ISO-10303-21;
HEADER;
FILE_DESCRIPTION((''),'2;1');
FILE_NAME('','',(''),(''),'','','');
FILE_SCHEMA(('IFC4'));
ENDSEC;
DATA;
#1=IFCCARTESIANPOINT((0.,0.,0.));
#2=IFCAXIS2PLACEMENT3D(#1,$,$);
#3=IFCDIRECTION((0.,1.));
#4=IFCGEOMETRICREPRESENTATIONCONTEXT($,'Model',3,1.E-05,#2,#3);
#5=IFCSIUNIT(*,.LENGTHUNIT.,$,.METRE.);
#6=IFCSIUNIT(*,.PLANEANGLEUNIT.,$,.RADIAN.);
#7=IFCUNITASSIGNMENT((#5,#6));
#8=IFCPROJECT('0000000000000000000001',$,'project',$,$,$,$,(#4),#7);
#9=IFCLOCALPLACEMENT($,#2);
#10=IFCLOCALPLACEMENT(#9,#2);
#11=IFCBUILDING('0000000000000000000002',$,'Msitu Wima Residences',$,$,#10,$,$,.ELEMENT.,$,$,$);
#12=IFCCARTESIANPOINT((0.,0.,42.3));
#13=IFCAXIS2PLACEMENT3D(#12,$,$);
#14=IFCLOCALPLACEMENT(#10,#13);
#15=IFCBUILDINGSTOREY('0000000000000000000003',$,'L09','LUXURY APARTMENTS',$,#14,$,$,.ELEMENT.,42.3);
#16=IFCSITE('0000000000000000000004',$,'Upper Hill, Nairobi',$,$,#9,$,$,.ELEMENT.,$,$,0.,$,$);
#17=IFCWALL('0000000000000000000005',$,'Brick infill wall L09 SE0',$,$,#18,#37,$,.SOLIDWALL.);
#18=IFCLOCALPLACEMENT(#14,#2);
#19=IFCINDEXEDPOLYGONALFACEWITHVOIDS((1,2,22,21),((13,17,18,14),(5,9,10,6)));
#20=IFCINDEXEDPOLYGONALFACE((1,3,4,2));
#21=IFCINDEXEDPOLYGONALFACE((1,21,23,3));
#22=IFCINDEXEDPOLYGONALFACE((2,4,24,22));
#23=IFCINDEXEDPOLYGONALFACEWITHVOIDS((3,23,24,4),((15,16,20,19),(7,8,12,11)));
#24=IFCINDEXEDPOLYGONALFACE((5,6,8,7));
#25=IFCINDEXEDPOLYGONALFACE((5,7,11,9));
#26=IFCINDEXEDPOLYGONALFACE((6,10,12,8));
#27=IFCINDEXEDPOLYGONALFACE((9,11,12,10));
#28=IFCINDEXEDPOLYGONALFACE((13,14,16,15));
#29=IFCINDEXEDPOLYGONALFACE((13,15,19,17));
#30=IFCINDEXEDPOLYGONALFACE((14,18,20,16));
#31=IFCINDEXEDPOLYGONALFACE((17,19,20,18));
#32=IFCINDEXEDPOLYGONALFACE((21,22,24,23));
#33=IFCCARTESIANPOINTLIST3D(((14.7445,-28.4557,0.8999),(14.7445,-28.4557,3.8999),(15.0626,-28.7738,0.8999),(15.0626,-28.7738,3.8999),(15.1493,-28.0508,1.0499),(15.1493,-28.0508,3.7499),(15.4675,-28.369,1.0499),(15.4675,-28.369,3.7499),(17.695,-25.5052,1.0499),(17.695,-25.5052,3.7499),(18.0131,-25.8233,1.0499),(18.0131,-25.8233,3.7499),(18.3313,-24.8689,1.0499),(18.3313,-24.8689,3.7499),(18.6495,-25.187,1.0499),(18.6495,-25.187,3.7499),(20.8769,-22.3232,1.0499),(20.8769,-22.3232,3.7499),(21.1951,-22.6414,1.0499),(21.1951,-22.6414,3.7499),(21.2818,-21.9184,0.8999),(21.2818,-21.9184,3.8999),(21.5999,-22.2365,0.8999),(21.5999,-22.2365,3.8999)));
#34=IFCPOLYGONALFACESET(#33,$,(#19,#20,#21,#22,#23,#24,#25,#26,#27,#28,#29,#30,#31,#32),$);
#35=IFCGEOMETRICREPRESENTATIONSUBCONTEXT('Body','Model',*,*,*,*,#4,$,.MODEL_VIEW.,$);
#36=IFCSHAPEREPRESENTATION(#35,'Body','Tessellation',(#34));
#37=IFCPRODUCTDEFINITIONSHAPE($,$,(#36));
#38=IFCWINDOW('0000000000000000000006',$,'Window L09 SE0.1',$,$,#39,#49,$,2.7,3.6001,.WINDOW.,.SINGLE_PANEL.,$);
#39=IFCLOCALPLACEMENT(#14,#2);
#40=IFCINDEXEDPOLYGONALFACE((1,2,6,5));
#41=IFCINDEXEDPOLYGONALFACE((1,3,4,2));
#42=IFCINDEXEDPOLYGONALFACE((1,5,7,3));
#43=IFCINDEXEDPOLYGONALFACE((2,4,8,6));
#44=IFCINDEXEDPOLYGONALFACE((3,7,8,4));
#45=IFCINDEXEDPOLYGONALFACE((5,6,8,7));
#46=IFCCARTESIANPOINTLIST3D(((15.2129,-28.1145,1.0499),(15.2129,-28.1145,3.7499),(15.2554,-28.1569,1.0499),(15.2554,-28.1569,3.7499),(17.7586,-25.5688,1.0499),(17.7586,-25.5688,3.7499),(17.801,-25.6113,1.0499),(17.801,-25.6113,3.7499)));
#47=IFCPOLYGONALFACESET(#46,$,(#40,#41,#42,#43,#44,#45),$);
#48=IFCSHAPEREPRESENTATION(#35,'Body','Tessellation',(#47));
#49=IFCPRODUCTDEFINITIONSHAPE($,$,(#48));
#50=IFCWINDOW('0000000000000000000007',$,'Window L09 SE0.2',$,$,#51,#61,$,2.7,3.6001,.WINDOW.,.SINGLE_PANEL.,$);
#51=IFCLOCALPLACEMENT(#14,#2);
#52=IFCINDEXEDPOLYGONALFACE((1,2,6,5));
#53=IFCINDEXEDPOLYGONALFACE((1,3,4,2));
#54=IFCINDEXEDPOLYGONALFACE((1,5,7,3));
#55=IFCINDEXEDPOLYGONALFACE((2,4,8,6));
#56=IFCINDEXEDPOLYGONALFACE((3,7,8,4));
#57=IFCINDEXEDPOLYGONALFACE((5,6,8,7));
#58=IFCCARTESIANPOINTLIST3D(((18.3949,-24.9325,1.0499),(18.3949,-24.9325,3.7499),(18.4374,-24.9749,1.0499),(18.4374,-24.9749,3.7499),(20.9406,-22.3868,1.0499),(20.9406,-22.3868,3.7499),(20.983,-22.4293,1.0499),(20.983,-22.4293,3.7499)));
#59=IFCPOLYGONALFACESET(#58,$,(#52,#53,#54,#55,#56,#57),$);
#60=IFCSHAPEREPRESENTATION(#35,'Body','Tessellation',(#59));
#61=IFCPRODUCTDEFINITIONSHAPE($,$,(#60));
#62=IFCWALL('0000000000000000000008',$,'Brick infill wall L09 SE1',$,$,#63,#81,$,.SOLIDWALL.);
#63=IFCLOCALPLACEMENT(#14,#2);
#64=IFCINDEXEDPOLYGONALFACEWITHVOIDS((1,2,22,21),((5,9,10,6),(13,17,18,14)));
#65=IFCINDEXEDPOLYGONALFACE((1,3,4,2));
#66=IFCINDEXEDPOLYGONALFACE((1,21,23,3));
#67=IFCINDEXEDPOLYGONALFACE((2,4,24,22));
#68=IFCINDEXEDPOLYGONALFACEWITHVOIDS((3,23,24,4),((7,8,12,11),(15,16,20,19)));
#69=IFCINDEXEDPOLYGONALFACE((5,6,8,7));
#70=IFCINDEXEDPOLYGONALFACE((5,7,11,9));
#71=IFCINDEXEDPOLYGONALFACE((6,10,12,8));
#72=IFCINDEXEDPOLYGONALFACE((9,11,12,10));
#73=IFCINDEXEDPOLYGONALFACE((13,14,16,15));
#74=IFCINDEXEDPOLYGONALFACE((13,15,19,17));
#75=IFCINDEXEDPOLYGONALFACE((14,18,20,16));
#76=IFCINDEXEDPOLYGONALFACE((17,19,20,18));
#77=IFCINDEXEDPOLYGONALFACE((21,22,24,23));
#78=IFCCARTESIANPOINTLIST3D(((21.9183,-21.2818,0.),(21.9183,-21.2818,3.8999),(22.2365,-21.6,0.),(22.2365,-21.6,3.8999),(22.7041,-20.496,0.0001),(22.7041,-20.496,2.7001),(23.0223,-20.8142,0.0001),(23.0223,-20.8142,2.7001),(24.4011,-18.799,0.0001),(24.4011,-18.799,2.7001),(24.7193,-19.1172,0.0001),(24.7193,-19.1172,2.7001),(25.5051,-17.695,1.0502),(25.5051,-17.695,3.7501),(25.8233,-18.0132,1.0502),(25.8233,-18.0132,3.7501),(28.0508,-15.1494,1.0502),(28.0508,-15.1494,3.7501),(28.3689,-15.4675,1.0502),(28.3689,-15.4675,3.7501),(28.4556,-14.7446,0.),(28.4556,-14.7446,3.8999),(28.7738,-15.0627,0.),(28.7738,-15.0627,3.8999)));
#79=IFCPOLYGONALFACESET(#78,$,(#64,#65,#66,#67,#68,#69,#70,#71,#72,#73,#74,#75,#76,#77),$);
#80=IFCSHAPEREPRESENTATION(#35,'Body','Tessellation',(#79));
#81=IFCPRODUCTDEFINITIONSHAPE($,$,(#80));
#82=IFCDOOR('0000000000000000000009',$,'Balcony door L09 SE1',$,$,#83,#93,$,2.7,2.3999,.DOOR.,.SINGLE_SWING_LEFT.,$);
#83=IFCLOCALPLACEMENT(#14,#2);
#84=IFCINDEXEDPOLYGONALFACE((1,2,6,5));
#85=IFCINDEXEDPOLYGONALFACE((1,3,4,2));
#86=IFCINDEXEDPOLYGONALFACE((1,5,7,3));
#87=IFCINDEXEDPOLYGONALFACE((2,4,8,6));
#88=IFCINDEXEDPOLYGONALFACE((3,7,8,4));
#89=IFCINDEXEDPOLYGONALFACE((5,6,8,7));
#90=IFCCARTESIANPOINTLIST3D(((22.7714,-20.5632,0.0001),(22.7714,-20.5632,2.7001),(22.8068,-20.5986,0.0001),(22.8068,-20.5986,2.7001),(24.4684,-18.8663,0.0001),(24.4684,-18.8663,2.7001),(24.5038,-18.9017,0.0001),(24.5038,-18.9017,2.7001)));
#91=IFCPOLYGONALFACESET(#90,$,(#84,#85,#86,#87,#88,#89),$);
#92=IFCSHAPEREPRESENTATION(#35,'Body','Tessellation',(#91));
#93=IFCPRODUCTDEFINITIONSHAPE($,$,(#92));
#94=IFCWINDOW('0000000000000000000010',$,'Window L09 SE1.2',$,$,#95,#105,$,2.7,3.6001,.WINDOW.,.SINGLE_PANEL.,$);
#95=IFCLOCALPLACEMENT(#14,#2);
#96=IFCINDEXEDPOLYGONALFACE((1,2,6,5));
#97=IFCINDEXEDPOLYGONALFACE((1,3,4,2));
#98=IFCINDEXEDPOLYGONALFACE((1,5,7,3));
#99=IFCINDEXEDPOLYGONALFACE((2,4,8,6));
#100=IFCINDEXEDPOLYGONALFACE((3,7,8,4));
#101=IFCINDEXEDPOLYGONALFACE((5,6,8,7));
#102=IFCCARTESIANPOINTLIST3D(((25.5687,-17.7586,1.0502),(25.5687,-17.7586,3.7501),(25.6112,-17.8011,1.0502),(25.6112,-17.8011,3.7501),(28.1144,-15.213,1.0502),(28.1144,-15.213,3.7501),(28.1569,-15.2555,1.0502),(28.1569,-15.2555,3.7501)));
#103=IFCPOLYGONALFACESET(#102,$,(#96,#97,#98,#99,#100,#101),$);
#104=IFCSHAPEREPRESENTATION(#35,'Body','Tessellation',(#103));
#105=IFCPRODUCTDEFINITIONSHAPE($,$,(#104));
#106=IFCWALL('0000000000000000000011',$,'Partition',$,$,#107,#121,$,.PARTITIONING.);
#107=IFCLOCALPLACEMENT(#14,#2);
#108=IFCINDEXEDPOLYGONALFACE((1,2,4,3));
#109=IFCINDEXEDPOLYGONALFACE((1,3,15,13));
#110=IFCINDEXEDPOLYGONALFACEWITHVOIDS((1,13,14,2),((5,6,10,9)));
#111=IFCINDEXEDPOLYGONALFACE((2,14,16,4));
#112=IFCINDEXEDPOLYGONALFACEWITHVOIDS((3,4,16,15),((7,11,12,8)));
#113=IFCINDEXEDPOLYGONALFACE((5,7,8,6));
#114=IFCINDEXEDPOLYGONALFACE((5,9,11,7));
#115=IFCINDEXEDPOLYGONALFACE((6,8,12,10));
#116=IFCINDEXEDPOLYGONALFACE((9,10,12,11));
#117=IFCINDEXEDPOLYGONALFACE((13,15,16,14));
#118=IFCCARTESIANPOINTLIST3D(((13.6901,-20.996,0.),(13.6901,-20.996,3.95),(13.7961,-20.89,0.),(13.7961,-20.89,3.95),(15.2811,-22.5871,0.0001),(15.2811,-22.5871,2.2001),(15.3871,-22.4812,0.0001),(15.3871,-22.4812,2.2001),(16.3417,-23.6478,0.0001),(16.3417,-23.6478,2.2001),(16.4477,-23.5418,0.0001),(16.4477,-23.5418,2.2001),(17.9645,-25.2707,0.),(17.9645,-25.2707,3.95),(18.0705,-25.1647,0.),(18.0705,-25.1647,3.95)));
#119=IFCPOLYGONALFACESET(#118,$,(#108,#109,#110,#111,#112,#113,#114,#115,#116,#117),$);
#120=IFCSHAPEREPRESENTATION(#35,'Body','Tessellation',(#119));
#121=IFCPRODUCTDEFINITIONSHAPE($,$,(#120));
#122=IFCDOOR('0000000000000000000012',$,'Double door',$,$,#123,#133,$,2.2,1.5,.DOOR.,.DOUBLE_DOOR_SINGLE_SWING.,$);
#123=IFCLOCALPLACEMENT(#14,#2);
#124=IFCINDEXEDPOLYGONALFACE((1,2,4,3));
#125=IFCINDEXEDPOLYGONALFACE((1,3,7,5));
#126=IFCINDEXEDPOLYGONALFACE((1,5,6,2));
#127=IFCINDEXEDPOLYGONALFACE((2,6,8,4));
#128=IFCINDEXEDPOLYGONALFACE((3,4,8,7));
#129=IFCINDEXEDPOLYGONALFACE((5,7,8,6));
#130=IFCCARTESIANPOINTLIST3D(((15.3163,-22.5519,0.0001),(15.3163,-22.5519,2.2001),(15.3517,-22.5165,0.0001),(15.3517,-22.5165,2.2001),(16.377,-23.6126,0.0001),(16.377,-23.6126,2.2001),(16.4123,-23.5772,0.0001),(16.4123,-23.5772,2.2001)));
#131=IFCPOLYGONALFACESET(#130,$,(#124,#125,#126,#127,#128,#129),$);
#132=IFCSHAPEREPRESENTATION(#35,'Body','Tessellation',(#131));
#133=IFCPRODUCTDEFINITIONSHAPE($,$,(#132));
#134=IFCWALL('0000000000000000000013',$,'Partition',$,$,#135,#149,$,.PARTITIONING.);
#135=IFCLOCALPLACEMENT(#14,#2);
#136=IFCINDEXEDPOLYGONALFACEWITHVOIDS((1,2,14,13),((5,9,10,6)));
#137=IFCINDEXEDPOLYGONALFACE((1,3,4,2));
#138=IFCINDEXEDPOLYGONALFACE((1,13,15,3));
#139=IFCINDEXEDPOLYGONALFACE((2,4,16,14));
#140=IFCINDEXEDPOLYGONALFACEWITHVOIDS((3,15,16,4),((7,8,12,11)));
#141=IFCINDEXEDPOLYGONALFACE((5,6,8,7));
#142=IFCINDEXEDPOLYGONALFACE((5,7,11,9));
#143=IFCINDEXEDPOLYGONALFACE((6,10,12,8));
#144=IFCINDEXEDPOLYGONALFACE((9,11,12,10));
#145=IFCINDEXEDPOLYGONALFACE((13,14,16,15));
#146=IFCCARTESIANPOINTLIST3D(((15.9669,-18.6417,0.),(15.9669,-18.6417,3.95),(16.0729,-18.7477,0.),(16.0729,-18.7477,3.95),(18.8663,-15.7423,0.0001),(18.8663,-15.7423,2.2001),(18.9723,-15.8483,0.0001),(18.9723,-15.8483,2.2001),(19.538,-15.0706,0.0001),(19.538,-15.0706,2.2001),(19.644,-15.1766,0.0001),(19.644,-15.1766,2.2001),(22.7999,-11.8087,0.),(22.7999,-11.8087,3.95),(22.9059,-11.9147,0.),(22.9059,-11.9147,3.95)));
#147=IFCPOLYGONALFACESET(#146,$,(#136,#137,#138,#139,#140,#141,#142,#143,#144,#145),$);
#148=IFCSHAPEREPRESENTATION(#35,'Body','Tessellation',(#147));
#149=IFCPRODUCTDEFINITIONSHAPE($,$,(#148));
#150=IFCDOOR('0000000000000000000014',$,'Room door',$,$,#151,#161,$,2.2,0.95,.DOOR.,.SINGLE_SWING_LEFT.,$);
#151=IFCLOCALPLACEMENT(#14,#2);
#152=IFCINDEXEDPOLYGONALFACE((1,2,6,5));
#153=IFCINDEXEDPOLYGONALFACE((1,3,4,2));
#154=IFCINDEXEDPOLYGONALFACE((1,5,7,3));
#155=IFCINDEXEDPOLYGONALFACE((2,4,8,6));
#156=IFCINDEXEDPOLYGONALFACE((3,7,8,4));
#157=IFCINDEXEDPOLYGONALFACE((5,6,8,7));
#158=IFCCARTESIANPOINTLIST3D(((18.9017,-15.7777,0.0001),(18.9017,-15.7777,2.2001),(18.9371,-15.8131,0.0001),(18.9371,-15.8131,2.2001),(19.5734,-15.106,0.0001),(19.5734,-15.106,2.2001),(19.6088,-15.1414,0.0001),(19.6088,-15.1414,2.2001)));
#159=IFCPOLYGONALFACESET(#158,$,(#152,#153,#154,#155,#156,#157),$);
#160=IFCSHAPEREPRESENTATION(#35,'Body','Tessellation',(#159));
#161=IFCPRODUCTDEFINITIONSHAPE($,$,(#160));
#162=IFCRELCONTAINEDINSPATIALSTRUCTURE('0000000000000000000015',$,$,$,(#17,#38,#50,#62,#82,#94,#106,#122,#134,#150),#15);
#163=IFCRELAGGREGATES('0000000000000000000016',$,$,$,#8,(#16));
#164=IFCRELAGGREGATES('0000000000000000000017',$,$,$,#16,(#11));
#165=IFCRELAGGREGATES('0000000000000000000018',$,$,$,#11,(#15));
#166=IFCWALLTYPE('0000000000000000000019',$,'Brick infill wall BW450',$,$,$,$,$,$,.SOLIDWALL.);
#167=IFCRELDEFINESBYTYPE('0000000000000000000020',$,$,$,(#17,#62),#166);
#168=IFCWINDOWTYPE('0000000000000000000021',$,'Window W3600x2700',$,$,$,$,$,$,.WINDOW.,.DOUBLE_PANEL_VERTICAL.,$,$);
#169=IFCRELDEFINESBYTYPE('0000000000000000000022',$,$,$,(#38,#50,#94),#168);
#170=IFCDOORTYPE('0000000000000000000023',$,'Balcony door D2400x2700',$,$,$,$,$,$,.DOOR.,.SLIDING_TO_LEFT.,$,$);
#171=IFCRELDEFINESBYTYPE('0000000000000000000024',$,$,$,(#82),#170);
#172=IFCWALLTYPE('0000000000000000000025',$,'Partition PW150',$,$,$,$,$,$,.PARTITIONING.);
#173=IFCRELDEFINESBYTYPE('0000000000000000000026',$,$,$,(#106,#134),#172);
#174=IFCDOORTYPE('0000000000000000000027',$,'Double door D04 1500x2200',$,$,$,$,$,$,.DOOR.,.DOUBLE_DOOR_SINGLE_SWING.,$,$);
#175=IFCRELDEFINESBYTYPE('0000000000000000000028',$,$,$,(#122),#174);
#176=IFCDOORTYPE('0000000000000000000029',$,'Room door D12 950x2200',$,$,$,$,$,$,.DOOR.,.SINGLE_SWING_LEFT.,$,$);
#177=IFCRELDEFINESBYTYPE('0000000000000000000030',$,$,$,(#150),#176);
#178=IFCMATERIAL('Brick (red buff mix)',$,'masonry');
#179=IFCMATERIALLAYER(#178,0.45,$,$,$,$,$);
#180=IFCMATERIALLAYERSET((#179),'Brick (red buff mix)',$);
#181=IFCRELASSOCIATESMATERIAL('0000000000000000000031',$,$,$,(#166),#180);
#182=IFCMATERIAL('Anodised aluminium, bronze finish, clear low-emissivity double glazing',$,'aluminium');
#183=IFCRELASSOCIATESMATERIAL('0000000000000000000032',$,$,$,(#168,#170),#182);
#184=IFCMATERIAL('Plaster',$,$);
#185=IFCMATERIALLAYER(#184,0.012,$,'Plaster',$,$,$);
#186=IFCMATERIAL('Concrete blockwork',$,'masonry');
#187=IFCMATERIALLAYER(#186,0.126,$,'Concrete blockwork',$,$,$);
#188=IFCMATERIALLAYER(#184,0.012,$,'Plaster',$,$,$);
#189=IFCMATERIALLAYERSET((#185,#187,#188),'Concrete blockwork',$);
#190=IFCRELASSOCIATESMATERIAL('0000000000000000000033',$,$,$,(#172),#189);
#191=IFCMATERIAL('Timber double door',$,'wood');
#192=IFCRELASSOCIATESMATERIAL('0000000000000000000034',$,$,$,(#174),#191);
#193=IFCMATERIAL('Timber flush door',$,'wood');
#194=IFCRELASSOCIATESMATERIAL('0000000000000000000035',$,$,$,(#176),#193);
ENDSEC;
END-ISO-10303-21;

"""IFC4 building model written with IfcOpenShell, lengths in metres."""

from ifc_helpers import new_model, si_unit, direction, frame, frame_2d, origin, place, context, subcontext, project, spatial, rectangle, extrude, material, layer, layer_set, type_object, element, fill, save


model = new_model("IFC4")

# Units and contexts
model_context = context("Model", 3, precision=1e-05, world=origin(), true_north=direction((0.0, 1.0)))
body_context = subcontext(model_context, "Body", "Model", "MODEL_VIEW")
ifc_project = project(units=[si_unit("LENGTHUNIT", "METRE"), si_unit("PLANEANGLEUNIT", "RADIAN")], contexts=[model_context])

# Site, building, storey
site_placement = place(None, origin())
site = spatial("IfcSite", under=ifc_project, at=site_placement, Name="Upper Hill, Nairobi", CompositionType="ELEMENT", RefElevation=0.0)
building_placement = place(site_placement, origin())
building = spatial("IfcBuilding", under=site, at=building_placement, Name="Msitu Wima Residences", CompositionType="ELEMENT")
storey_placement = place(building_placement, frame((0.0, 0.0, 42.3)))
storey = spatial("IfcBuildingStorey", under=building, at=storey_placement, Name="L09", Description="LUXURY APARTMENTS", CompositionType="ELEMENT", Elevation=42.3)

# Wall, openings, windows
ifc_material_1 = material(Name="Brick (red buff mix)", Category="masonry")
ifc_layer_1 = layer(ifc_material_1, 0.45)
ifc_layer_set_1 = layer_set([ifc_layer_1], Name="Brick (red buff mix)")
wall_type_1 = type_object("IfcWallType", Name="Brick infill wall BW450", PredefinedType="SOLIDWALL", material=ifc_layer_set_1)
wall_1_placement = place(storey_placement, frame((14.9036, -28.6147, 0.8999), z_axis=(0.0, 0.0, 1.0), x_axis=(0.707107, 0.707107, 0.0)))
wall_1 = element("IfcWall", 1, at=wall_1_placement, inside=storey, type_object=wall_type_1, Name="Brick infill wall L09 SE0", PredefinedType="SOLIDWALL", context=body_context, shape_type="SweptSolid", body=[
    extrude(rectangle(XDim=9.2451, YDim=0.45, at=frame_2d((4.6226, 0.0))), origin(), (0.0, 0.0, 1.0), 3.0),
])
opening_1_placement = place(wall_1_placement, frame((0.5725, 0.0, 0.1499)))
opening_1 = element("IfcOpeningElement", 2, at=opening_1_placement, cuts=wall_1, PredefinedType="OPENING", context=body_context, shape_type="SweptSolid", body=[
    extrude(rectangle(XDim=3.6001, YDim=2.7, at=frame_2d((1.8, 1.3501))), frame((0.0, 0.2349, 0.0), z_axis=(0.0, -1.0, 0.0), x_axis=(1.0, 0.0, 0.0)), (0.0, 0.0, 1.0), 0.47),
])
opening_2_placement = place(wall_1_placement, frame((5.0725, 0.0, 0.1499)))
opening_2 = element("IfcOpeningElement", 3, at=opening_2_placement, cuts=wall_1, PredefinedType="OPENING", context=body_context, shape_type="SweptSolid", body=[
    extrude(rectangle(XDim=3.6001, YDim=2.7, at=frame_2d((1.8, 1.3501))), frame((0.0, 0.2349, 0.0), z_axis=(0.0, -1.0, 0.0), x_axis=(1.0, 0.0, 0.0)), (0.0, 0.0, 1.0), 0.47),
])
ifc_material_2 = material(Name="Anodised aluminium, bronze finish, clear low-emissivity double glazing", Category="aluminium")
window_type = type_object("IfcWindowType", Name="Window W3600x2700", PartitioningType="DOUBLE_PANEL_VERTICAL", PredefinedType="WINDOW", material=ifc_material_2)
window_1_placement = place(opening_1_placement, origin())
window_1 = element("IfcWindow", 4, at=window_1_placement, inside=storey, type_object=window_type, Name="Window L09 SE0.1", OverallHeight=2.7, OverallWidth=3.6001, PartitioningType="SINGLE_PANEL", PredefinedType="WINDOW", context=body_context, shape_type="SweptSolid", body=[
    extrude(rectangle(XDim=3.6001, YDim=2.7, at=frame_2d((1.8, 1.3501))), frame((0.0, 0.135, 0.0), z_axis=(0.0, -1.0, 0.0), x_axis=(1.0, 0.0, 0.0)), (0.0, 0.0, 1.0), 0.0601),
])
fill(opening_1, window_1)
window_2_placement = place(opening_2_placement, origin())
window_2 = element("IfcWindow", 5, at=window_2_placement, inside=storey, type_object=window_type, Name="Window L09 SE0.2", OverallHeight=2.7, OverallWidth=3.6001, PartitioningType="SINGLE_PANEL", PredefinedType="WINDOW", context=body_context, shape_type="SweptSolid", body=[
    extrude(rectangle(XDim=3.6001, YDim=2.7, at=frame_2d((1.8, 1.3501))), frame((0.0, 0.135, 0.0), z_axis=(0.0, -1.0, 0.0), x_axis=(1.0, 0.0, 0.0)), (0.0, 0.0, 1.0), 0.0601),
])
fill(opening_2, window_2)

# Wall, openings, door, window
wall_2_placement = place(storey_placement, frame((22.0774, -21.4409, 0.0), z_axis=(0.0, 0.0, 1.0), x_axis=(0.707107, 0.707107, 0.0)))
wall_2 = element("IfcWall", 6, at=wall_2_placement, inside=storey, type_object=wall_type_1, Name="Brick infill wall L09 SE1", PredefinedType="SOLIDWALL", context=body_context, shape_type="SweptSolid", body=[
    extrude(rectangle(XDim=9.2451, YDim=0.45, at=frame_2d((4.6226, 0.0))), origin(), (0.0, 0.0, 1.0), 3.8999),
])
opening_3_placement = place(wall_2_placement, frame((1.1113, 0.0, 0.0)))
opening_3 = element("IfcOpeningElement", 7, at=opening_3_placement, cuts=wall_2, PredefinedType="OPENING", context=body_context, shape_type="SweptSolid", body=[
    extrude(rectangle(XDim=2.3999, YDim=2.7, at=frame_2d((1.2, 1.3501))), frame((0.0, 0.2349, 0.0), z_axis=(0.0, -1.0, 0.0), x_axis=(1.0, 0.0, 0.0)), (0.0, 0.0, 1.0), 0.47),
])
opening_4_placement = place(wall_2_placement, frame((5.0725, 0.0, 1.05)))
opening_4 = element("IfcOpeningElement", 8, at=opening_4_placement, cuts=wall_2, PredefinedType="OPENING", context=body_context, shape_type="SweptSolid", body=[
    extrude(rectangle(XDim=3.6001, YDim=2.7, at=frame_2d((1.8, 1.3501))), frame((0.0, 0.2349, 0.0), z_axis=(0.0, -1.0, 0.0), x_axis=(1.0, 0.0, 0.0)), (0.0, 0.0, 1.0), 0.47),
])
door_type_1 = type_object("IfcDoorType", Name="Balcony door D2400x2700", OperationType="SLIDING_TO_LEFT", PredefinedType="DOOR", material=ifc_material_2)
door_1_placement = place(opening_3_placement, origin())
door_1 = element("IfcDoor", 9, at=door_1_placement, inside=storey, type_object=door_type_1, Name="Balcony door L09 SE1", OperationType="SINGLE_SWING_LEFT", OverallHeight=2.7, OverallWidth=2.3999, PredefinedType="DOOR", context=body_context, shape_type="SweptSolid", body=[
    extrude(rectangle(XDim=2.3999, YDim=2.7, at=frame_2d((1.2, 1.3501))), frame((0.0, 0.1299, 0.0), z_axis=(0.0, -1.0, 0.0), x_axis=(1.0, 0.0, 0.0)), (0.0, 0.0, 1.0), 0.05),
])
fill(opening_3, door_1)
window_3_placement = place(opening_4_placement, origin())
window_3 = element("IfcWindow", 10, at=window_3_placement, inside=storey, type_object=window_type, Name="Window L09 SE1.2", OverallHeight=2.7, OverallWidth=3.6001, PartitioningType="SINGLE_PANEL", PredefinedType="WINDOW", context=body_context, shape_type="SweptSolid", body=[
    extrude(rectangle(XDim=3.6001, YDim=2.7, at=frame_2d((1.8, 1.3501))), frame((0.0, 0.135, 0.0), z_axis=(0.0, -1.0, 0.0), x_axis=(1.0, 0.0, 0.0)), (0.0, 0.0, 1.0), 0.0601),
])
fill(opening_4, window_3)

# Walls, openings, doors
ifc_material_3 = material(Name="Plaster")
ifc_layer_2 = layer(ifc_material_3, 0.012, Name="Plaster")
ifc_material_4 = material(Name="Concrete blockwork", Category="masonry")
ifc_layer_3 = layer(ifc_material_4, 0.126, Name="Concrete blockwork")
ifc_layer_4 = layer(ifc_material_3, 0.012, Name="Plaster")
ifc_layer_set_2 = layer_set([ifc_layer_2, ifc_layer_3, ifc_layer_4], Name="Concrete blockwork")
wall_type_2 = type_object("IfcWallType", Name="Partition PW150", PredefinedType="PARTITIONING", material=ifc_layer_set_2)
wall_3_placement = place(storey_placement, frame((13.7432, -20.9431, 0.0), z_axis=(0.0, 0.0, 1.0), x_axis=(0.707087, -0.707127, 0.0)))
wall_3 = element("IfcWall", 11, at=wall_3_placement, inside=storey, type_object=wall_type_2, Name="Partition", PredefinedType="PARTITIONING", context=body_context, shape_type="SweptSolid", body=[
    extrude(rectangle(XDim=6.0452, YDim=0.1499, at=frame_2d((3.0225, 0.0))), origin(), (0.0, 0.0, 1.0), 3.95),
])
opening_5_placement = place(wall_3_placement, frame((2.25, 0.0, 0.0)))
opening_5 = element("IfcOpeningElement", 12, at=opening_5_placement, cuts=wall_3, PredefinedType="OPENING", context=body_context, shape_type="SweptSolid", body=[
    extrude(rectangle(XDim=1.5, YDim=2.2, at=frame_2d((0.75, 1.1001))), frame((0.0, 0.085, 0.0), z_axis=(0.0, -1.0, 0.0), x_axis=(1.0, 0.0, 0.0)), (0.0, 0.0, 1.0), 0.1699),
])
ifc_material_5 = material(Name="Timber double door", Category="wood")
door_type_2 = type_object("IfcDoorType", Name="Double door D04 1500x2200", OperationType="DOUBLE_DOOR_SINGLE_SWING", PredefinedType="DOOR", material=ifc_material_5)
door_2_placement = place(opening_5_placement, origin())
door_2 = element("IfcDoor", 13, at=door_2_placement, inside=storey, type_object=door_type_2, Name="Double door", OperationType="DOUBLE_DOOR_SINGLE_SWING", OverallHeight=2.2, OverallWidth=1.5, PredefinedType="DOOR", context=body_context, shape_type="SweptSolid", body=[
    extrude(rectangle(XDim=1.5, YDim=2.2, at=frame_2d((0.75, 1.1001))), frame((0.0, 0.0249, 0.0), z_axis=(0.0, -1.0, 0.0), x_axis=(1.0, 0.0, 0.0)), (0.0, 0.0, 1.0), 0.05),
])
fill(opening_5, door_2)
wall_4_placement = place(storey_placement, frame((16.02, -18.6946, 0.0), z_axis=(0.0, 0.0, 1.0), x_axis=(0.707107, 0.707107, 0.0)))
wall_4 = element("IfcWall", 14, at=wall_4_placement, inside=storey, type_object=wall_type_2, Name="Partition", PredefinedType="PARTITIONING", context=body_context, shape_type="SweptSolid", body=[
    extrude(rectangle(XDim=9.6633, YDim=0.1499, at=frame_2d((4.8315, 0.0))), origin(), (0.0, 0.0, 1.0), 3.95),
])
opening_6_placement = place(wall_4_placement, frame((4.1001, 0.0, 0.0)))
opening_6 = element("IfcOpeningElement", 15, at=opening_6_placement, cuts=wall_4, PredefinedType="OPENING", context=body_context, shape_type="SweptSolid", body=[
    extrude(rectangle(XDim=0.95, YDim=2.2, at=frame_2d((0.4751, 1.1001))), frame((0.0, 0.085, 0.0), z_axis=(0.0, -1.0, 0.0), x_axis=(1.0, 0.0, 0.0)), (0.0, 0.0, 1.0), 0.1699),
])
ifc_material_6 = material(Name="Timber flush door", Category="wood")
door_type_3 = type_object("IfcDoorType", Name="Room door D12 950x2200", OperationType="SINGLE_SWING_LEFT", PredefinedType="DOOR", material=ifc_material_6)
door_3_placement = place(opening_6_placement, origin())
door_3 = element("IfcDoor", 16, at=door_3_placement, inside=storey, type_object=door_type_3, Name="Room door", OperationType="SINGLE_SWING_LEFT", OverallHeight=2.2, OverallWidth=0.95, PredefinedType="DOOR", context=body_context, shape_type="SweptSolid", body=[
    extrude(rectangle(XDim=0.95, YDim=2.2, at=frame_2d((0.4751, 1.1001))), frame((0.0, 0.0249, 0.0), z_axis=(0.0, -1.0, 0.0), x_axis=(1.0, 0.0, 0.0)), (0.0, 0.0, 1.0), 0.05),
])
fill(opening_6, door_3)

save(model, "model.ifc")
